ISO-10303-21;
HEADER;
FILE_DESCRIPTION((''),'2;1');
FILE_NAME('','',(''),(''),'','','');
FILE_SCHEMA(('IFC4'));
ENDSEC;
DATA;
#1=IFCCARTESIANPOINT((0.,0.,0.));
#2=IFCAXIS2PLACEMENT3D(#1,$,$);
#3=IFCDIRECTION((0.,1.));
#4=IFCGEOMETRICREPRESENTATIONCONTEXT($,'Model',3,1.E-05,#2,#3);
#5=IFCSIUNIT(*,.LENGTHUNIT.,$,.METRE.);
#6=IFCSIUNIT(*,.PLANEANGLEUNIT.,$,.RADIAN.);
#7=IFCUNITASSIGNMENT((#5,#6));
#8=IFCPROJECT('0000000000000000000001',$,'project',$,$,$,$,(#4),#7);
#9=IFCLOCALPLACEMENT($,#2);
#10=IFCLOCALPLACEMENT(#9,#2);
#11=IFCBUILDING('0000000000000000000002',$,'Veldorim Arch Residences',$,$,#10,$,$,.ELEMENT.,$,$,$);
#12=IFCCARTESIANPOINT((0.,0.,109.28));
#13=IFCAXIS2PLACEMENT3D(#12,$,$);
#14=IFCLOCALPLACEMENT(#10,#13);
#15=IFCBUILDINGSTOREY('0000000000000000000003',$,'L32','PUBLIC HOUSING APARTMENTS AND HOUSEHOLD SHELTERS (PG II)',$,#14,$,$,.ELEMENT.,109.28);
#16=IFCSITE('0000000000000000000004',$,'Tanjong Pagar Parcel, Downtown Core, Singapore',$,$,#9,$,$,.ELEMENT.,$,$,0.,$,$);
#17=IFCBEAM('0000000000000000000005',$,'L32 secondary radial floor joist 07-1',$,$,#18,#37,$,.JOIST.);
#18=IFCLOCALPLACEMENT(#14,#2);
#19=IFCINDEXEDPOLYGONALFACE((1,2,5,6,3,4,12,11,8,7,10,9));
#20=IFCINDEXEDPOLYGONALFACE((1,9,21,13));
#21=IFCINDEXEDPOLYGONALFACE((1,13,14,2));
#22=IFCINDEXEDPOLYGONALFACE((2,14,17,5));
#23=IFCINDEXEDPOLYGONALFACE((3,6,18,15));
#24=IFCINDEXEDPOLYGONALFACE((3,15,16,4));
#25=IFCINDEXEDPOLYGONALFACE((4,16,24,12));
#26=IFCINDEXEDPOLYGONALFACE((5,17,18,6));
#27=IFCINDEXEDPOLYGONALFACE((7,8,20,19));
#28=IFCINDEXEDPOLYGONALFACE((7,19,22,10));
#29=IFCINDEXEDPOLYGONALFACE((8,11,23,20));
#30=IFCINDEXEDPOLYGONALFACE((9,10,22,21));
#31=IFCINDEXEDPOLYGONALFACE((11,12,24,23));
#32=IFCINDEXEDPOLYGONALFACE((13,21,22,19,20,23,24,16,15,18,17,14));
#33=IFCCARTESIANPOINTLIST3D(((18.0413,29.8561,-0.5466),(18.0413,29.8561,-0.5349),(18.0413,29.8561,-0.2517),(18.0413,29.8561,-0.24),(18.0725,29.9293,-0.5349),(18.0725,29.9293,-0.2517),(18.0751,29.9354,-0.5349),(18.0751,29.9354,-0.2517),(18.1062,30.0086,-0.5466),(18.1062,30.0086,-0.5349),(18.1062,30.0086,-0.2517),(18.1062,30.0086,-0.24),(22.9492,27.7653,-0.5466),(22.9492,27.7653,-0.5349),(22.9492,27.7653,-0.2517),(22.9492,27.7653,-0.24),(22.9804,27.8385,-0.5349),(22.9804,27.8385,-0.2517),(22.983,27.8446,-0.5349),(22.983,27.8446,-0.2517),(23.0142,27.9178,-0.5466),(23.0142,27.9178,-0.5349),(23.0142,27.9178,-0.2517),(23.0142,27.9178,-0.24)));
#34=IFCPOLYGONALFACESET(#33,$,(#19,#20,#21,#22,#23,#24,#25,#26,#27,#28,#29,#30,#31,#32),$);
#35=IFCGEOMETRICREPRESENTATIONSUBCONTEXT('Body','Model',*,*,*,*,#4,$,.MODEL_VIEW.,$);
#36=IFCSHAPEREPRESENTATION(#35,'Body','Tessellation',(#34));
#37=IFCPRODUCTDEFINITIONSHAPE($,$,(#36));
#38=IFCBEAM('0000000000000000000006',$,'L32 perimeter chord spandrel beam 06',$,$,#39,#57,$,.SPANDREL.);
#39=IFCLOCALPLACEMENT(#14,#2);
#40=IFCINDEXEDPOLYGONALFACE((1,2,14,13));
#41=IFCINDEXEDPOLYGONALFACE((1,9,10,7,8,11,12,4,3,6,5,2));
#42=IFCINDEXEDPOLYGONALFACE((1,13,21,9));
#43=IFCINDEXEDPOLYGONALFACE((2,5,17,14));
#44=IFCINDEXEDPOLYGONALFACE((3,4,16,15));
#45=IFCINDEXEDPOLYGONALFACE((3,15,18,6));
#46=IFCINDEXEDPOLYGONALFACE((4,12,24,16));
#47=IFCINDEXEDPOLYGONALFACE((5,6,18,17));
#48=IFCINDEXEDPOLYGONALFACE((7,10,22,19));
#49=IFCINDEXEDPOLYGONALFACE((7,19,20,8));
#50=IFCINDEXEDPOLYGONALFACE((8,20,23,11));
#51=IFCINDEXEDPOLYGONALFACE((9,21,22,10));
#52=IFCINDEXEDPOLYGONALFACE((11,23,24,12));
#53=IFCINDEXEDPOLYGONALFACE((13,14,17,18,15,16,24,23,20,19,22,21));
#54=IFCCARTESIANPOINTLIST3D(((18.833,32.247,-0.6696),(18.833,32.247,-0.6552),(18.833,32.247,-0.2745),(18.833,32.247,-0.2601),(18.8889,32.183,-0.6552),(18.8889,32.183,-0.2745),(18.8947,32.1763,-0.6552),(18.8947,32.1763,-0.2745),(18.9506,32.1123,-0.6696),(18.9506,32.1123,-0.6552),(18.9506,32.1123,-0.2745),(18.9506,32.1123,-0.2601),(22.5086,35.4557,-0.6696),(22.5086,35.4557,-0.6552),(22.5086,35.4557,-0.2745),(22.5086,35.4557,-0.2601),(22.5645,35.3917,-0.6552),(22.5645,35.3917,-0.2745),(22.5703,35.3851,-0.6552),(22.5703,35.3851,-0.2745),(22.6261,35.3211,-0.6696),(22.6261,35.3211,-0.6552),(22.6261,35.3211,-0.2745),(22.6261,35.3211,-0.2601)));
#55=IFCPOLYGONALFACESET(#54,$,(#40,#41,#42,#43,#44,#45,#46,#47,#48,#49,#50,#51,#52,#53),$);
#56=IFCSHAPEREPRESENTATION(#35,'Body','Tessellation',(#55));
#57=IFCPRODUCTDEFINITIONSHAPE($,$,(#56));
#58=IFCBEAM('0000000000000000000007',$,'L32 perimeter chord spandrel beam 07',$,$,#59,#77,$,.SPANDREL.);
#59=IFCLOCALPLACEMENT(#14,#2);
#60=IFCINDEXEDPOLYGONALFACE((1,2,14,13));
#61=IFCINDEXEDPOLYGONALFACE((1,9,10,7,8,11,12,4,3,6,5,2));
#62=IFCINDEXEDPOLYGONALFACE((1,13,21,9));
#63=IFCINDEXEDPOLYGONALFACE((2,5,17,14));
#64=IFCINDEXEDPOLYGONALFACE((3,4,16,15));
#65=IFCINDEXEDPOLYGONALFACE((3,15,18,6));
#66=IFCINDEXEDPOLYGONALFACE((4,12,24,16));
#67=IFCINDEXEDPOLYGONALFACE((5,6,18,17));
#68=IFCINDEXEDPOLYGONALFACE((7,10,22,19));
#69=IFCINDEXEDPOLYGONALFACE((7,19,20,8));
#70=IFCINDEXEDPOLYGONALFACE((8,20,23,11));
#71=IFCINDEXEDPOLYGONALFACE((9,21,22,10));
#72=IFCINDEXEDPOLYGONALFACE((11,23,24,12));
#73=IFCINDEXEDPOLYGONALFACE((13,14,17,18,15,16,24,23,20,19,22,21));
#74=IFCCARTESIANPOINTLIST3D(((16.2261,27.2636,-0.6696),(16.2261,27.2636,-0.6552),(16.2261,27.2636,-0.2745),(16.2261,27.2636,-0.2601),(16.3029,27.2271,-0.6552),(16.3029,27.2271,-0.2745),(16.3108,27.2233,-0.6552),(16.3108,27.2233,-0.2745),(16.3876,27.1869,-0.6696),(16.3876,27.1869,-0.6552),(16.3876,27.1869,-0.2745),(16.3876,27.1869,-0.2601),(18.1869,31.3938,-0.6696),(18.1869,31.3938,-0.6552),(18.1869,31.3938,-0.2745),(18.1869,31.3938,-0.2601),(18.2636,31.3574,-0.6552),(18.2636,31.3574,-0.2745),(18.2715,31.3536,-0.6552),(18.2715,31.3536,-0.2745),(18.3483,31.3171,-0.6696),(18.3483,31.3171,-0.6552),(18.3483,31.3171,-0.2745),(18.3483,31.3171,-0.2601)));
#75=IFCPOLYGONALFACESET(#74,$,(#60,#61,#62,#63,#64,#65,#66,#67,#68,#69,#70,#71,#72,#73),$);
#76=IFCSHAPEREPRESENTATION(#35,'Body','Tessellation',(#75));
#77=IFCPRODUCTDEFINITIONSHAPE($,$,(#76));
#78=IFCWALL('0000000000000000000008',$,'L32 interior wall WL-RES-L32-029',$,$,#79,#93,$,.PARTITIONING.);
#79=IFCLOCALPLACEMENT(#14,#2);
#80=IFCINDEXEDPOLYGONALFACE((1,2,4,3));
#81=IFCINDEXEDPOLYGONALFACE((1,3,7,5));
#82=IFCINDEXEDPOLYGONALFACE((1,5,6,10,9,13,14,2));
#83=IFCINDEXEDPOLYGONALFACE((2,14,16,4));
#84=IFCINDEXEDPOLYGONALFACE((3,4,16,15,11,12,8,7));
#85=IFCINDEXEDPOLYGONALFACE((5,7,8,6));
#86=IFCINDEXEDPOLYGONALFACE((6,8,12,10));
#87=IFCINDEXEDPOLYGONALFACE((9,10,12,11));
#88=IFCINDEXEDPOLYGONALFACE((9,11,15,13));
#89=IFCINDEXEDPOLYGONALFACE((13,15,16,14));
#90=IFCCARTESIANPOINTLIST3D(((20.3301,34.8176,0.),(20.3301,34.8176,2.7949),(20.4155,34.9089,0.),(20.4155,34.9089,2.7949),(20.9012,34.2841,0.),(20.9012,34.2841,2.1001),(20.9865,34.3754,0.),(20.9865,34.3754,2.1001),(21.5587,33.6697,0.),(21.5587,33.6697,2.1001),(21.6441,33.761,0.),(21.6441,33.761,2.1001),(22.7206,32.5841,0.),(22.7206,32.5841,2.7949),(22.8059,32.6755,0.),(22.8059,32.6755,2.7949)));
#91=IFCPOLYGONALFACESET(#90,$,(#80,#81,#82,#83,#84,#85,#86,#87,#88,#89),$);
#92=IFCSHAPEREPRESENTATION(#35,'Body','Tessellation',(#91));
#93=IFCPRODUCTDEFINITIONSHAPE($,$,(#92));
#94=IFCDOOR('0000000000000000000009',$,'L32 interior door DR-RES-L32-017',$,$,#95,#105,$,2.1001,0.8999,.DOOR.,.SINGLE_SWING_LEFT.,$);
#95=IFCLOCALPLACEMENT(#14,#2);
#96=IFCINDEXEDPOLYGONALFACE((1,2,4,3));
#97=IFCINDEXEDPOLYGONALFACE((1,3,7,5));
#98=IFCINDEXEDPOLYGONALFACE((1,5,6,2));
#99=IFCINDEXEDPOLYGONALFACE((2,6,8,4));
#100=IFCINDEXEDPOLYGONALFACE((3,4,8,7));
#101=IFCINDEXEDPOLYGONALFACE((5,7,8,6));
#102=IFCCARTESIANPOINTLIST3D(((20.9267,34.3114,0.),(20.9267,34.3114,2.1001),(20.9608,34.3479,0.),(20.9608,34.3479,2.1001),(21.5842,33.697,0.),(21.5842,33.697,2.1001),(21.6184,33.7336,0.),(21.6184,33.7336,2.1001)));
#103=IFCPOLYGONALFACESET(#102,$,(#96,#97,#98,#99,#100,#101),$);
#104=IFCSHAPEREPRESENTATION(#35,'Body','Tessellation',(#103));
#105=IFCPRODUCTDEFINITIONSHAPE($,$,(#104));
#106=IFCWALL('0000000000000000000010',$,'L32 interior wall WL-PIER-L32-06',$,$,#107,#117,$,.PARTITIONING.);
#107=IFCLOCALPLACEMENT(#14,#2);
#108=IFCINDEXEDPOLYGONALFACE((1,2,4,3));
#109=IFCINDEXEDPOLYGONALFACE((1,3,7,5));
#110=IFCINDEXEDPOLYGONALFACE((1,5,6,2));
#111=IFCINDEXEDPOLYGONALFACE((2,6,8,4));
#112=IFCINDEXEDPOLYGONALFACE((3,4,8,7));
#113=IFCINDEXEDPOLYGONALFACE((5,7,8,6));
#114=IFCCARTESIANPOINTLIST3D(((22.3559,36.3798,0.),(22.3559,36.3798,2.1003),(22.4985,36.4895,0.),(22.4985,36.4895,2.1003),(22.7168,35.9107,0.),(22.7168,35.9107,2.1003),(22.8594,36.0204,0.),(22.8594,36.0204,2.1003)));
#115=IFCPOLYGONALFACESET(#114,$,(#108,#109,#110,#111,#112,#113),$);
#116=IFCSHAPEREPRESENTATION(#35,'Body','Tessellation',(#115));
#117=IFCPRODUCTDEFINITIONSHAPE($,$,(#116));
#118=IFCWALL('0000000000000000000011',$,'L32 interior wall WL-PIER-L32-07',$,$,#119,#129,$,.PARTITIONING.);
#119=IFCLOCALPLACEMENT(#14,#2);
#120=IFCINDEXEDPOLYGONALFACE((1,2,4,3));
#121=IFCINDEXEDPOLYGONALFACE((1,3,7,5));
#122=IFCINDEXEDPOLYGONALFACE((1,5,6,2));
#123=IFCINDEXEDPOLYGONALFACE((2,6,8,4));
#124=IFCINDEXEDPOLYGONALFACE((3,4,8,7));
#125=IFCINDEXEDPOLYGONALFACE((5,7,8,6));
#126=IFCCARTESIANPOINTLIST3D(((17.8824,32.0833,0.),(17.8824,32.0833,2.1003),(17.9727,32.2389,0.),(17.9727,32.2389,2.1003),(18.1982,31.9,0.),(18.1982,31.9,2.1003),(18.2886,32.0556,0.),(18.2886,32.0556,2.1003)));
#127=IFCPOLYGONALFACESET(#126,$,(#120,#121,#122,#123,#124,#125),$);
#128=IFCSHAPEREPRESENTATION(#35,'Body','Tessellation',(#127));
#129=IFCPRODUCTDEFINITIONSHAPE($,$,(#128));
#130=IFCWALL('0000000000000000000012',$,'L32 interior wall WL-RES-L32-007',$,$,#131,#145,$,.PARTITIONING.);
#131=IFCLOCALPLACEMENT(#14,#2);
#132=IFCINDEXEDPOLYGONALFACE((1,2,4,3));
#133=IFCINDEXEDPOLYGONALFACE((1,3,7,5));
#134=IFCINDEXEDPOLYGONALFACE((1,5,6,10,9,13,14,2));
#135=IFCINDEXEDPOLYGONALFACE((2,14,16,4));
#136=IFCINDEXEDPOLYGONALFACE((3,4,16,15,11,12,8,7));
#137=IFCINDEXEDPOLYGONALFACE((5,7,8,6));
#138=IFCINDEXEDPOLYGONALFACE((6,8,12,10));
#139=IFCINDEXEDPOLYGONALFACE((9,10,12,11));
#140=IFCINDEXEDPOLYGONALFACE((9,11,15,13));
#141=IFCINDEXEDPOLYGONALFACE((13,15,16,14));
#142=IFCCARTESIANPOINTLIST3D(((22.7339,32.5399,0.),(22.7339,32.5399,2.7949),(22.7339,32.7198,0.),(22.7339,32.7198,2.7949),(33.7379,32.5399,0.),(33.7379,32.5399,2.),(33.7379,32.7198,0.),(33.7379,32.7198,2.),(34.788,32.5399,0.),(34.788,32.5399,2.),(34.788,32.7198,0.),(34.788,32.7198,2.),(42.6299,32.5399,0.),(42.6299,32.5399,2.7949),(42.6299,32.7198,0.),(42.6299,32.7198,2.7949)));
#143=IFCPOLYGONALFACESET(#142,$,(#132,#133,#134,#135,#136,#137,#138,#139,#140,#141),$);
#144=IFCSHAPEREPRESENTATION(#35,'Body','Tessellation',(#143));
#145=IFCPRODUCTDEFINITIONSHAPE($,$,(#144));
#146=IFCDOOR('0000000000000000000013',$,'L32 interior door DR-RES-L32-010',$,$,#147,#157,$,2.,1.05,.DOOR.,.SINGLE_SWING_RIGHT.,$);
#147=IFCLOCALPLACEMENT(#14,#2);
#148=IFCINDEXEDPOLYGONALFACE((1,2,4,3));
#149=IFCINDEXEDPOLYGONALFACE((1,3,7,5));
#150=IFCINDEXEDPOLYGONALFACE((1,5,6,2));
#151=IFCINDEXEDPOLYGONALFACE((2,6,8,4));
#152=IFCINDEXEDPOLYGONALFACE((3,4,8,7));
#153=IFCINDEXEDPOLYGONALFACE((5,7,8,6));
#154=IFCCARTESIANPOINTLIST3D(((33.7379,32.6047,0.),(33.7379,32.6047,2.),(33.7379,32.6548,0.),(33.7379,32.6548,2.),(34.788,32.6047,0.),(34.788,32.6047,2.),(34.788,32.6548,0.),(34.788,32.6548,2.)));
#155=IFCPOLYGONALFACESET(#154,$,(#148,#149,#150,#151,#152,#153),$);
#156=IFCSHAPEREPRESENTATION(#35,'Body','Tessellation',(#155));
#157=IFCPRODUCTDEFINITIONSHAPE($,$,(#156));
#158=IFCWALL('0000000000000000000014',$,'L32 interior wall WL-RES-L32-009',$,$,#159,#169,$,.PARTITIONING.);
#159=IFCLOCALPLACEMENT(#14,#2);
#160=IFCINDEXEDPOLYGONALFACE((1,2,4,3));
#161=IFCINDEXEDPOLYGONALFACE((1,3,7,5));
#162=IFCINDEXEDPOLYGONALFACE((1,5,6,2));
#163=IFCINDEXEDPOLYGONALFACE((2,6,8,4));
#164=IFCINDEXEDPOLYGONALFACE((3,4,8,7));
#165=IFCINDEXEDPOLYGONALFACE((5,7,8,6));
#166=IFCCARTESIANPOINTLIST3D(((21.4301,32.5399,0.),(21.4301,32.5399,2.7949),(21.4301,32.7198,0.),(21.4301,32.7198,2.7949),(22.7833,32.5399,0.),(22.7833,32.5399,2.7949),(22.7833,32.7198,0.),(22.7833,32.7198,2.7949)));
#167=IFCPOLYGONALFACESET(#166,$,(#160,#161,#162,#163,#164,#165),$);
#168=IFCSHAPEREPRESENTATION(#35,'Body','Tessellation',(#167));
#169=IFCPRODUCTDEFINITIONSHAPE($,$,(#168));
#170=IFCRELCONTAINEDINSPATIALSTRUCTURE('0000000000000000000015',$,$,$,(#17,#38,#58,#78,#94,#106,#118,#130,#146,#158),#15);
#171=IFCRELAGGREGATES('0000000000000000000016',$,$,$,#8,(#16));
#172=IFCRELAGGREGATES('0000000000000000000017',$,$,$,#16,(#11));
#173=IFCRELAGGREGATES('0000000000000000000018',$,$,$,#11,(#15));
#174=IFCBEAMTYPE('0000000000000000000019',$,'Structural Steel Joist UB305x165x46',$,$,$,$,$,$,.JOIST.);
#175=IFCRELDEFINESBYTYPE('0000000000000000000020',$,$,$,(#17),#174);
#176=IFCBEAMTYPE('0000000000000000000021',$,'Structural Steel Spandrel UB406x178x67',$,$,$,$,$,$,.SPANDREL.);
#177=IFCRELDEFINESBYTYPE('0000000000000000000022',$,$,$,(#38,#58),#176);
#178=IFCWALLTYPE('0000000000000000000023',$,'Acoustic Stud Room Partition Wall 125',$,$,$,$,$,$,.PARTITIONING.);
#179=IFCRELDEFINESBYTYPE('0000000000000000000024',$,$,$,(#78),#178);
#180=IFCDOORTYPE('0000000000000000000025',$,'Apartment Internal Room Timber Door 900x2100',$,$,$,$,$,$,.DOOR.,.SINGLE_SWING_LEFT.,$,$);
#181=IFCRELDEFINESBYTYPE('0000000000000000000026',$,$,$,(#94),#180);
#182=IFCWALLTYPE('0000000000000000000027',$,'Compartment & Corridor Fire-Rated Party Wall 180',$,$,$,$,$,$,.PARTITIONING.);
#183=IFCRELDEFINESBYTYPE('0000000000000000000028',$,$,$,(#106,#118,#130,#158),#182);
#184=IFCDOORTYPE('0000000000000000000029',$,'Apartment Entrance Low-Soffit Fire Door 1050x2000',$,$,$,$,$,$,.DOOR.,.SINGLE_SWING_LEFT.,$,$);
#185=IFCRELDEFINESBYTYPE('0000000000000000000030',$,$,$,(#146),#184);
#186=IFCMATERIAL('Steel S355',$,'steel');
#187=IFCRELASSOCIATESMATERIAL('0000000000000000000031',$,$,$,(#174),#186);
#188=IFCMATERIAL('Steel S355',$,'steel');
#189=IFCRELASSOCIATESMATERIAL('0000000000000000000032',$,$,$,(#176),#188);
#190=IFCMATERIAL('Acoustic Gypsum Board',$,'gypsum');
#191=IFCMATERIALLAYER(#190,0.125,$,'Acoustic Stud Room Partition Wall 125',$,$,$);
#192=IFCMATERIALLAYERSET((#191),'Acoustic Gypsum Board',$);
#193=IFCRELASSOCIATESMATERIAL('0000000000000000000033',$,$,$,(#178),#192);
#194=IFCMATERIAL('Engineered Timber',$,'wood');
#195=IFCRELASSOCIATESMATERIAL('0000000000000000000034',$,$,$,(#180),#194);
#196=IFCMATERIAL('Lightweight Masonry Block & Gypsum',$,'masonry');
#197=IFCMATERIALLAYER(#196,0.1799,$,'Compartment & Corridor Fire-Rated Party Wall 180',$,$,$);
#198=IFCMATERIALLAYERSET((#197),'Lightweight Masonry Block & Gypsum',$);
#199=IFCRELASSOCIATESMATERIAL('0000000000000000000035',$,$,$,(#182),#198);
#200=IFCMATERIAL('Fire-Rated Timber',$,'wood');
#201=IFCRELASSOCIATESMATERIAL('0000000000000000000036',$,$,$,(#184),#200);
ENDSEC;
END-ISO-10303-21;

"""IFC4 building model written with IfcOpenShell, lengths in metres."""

from ifc_helpers import new_model, si_unit, direction, frame, frame_2d, origin, origin_2d, place, context, subcontext, project, spatial, rectangle, i_section, extrude, material, layer, layer_set, material_profile, profile_set, type_object, element, fill, save


model = new_model("IFC4")

# Units and contexts
model_context = context("Model", 3, precision=1e-05, world=origin(), true_north=direction((0.0, 1.0)))
body_context = subcontext(model_context, "Body", "Model", "MODEL_VIEW")
ifc_project = project(units=[si_unit("LENGTHUNIT", "METRE"), si_unit("PLANEANGLEUNIT", "RADIAN")], contexts=[model_context])

# Site, building, storey
site_placement = place(None, origin())
site = spatial("IfcSite", under=ifc_project, at=site_placement, Name="Tanjong Pagar Parcel, Downtown Core, Singapore", CompositionType="ELEMENT", RefElevation=0.0)
building_placement = place(site_placement, origin())
building = spatial("IfcBuilding", under=site, at=building_placement, Name="Veldorim Arch Residences", CompositionType="ELEMENT")
storey_placement = place(building_placement, frame((0.0, 0.0, 109.28)))
storey = spatial("IfcBuildingStorey", under=building, at=storey_placement, Name="L32", Description="PUBLIC HOUSING APARTMENTS AND HOUSEHOLD SHELTERS (PG II)", CompositionType="ELEMENT", Elevation=109.28)

# Beams
ifc_material_1 = material(Name="Steel S355", Category="steel")
ifc_material_profile_1 = material_profile(ifc_material_1, i_section(OverallWidth=0.1658, OverallDepth=0.3066, WebThickness=0.0066, FlangeThickness=0.0117, at=origin_2d()), Name="UB305x165x46")
ifc_profile_set_1 = profile_set([ifc_material_profile_1], Name="Steel S355")
beam_type_1 = type_object("IfcBeamType", Name="Structural Steel Joist UB305x165x46", PredefinedType="JOIST", material=ifc_profile_set_1)
beam_1_placement = place(storey_placement, frame((22.9817, 27.8416, -0.3933), z_axis=(-0.919997, 0.391924, 0.0), x_axis=(-0.391924, -0.919997, 0.0)))
element("IfcBeam", 1, at=beam_1_placement, inside=storey, type_object=beam_type_1, Name="L32 secondary radial floor joist 07-1", PredefinedType="JOIST", context=body_context, shape_type="SweptSolid", body=[
    extrude(i_section(OverallWidth=0.1658, OverallDepth=0.3066, WebThickness=0.0066, FlangeThickness=0.0117, at=origin_2d()), origin(), (0.0, 0.0, 1.0), 5.3347),
])
ifc_material_2 = material(Name="Steel S355", Category="steel")
ifc_material_profile_2 = material_profile(ifc_material_2, i_section(OverallWidth=0.1787, OverallDepth=0.4094, WebThickness=0.0088, FlangeThickness=0.0144, at=origin_2d()), Name="UB406x178x67")
ifc_profile_set_2 = profile_set([ifc_material_profile_2], Name="Steel S355")
beam_type_2 = type_object("IfcBeamType", Name="Structural Steel Spandrel UB406x178x67", PredefinedType="SPANDREL", material=ifc_profile_set_2)
beam_2_placement = place(storey_placement, frame((22.5674, 35.3884, -0.4648), z_axis=(-0.753323, -0.65765, 0.0), x_axis=(0.65765, -0.753323, 0.0)))
element("IfcBeam", 2, at=beam_2_placement, inside=storey, type_object=beam_type_2, Name="L32 perimeter chord spandrel beam 06", PredefinedType="SPANDREL", context=body_context, shape_type="SweptSolid", body=[
    extrude(i_section(OverallWidth=0.1787, OverallDepth=0.4094, WebThickness=0.0088, FlangeThickness=0.0144, at=origin_2d()), origin(), (0.0, 0.0, 1.0), 4.8792),
])
beam_3_placement = place(storey_placement, frame((18.2676, 31.3555, -0.4648), z_axis=(-0.428857, -0.903372, 0.0), x_axis=(0.903372, -0.428857, 0.0)))
element("IfcBeam", 3, at=beam_3_placement, inside=storey, type_object=beam_type_2, Name="L32 perimeter chord spandrel beam 07", PredefinedType="SPANDREL", context=body_context, shape_type="SweptSolid", body=[
    extrude(i_section(OverallWidth=0.1787, OverallDepth=0.4094, WebThickness=0.0088, FlangeThickness=0.0144, at=origin_2d()), origin(), (0.0, 0.0, 1.0), 4.572),
])

# Wall, opening, door
ifc_material_3 = material(Name="Acoustic Gypsum Board", Category="gypsum")
ifc_layer_1 = layer(ifc_material_3, 0.125, Name="Acoustic Stud Room Partition Wall 125")
ifc_layer_set_1 = layer_set([ifc_layer_1], Name="Acoustic Gypsum Board")
wall_type_1 = type_object("IfcWallType", Name="Acoustic Stud Room Partition Wall 125", PredefinedType="PARTITIONING", material=ifc_layer_set_1)
wall_1_placement = place(storey_placement, frame((20.3728, 34.8633, 0.0), z_axis=(0.0, 0.0, 1.0), x_axis=(0.730693, -0.682706, 0.0)))
wall_1 = element("IfcWall", 4, at=wall_1_placement, inside=storey, type_object=wall_type_1, Name="L32 interior wall WL-RES-L32-029", PredefinedType="PARTITIONING", context=body_context, shape_type="SweptSolid", body=[
    extrude(rectangle(XDim=3.2715, YDim=0.125, at=frame_2d((1.6357, 0.0))), origin(), (0.0, 0.0, 1.0), 2.7949),
])
opening_1_placement = place(wall_1_placement, frame((0.7815, 0.0, 0.0)))
opening_1 = element("IfcOpeningElement", 5, at=opening_1_placement, cuts=wall_1, PredefinedType="OPENING", context=body_context, shape_type="SweptSolid", body=[
    extrude(rectangle(XDim=0.8999, YDim=2.1001, at=frame_2d((0.45, 1.05))), frame((0.0, 0.0725, 0.0), z_axis=(0.0, -1.0, 0.0), x_axis=(1.0, 0.0, 0.0)), (0.0, 0.0, 1.0), 0.145),
])
ifc_material_4 = material(Name="Engineered Timber", Category="wood")
door_type_1 = type_object("IfcDoorType", Name="Apartment Internal Room Timber Door 900x2100", OperationType="SINGLE_SWING_LEFT", PredefinedType="DOOR", material=ifc_material_4)
door_1_placement = place(opening_1_placement, origin())
door_1 = element("IfcDoor", 6, at=door_1_placement, inside=storey, type_object=door_type_1, Name="L32 interior door DR-RES-L32-017", OperationType="SINGLE_SWING_LEFT", OverallHeight=2.1001, OverallWidth=0.8999, PredefinedType="DOOR", context=body_context, shape_type="SweptSolid", body=[
    extrude(rectangle(XDim=0.8999, YDim=2.1001, at=frame_2d((0.45, 1.05))), frame((0.0, 0.0249, 0.0), z_axis=(0.0, -1.0, 0.0), x_axis=(1.0, 0.0, 0.0)), (0.0, 0.0, 1.0), 0.05),
])
fill(opening_1, door_1)

# Walls
ifc_material_5 = material(Name="Lightweight Masonry Block & Gypsum", Category="masonry")
ifc_layer_2 = layer(ifc_material_5, 0.1799, Name="Compartment & Corridor Fire-Rated Party Wall 180")
ifc_layer_set_2 = layer_set([ifc_layer_2], Name="Lightweight Masonry Block & Gypsum")
wall_type_2 = type_object("IfcWallType", Name="Compartment & Corridor Fire-Rated Party Wall 180", PredefinedType="PARTITIONING", material=ifc_layer_set_2)
wall_2_placement = place(storey_placement, frame((22.7881, 35.9656, 0.0), z_axis=(0.0, 0.0, 1.0), x_axis=(-0.609791, 0.792563, 0.0)))
element("IfcWall", 7, at=wall_2_placement, inside=storey, type_object=wall_type_2, Name="L32 interior wall WL-PIER-L32-06", PredefinedType="PARTITIONING", context=body_context, shape_type="SweptSolid", body=[
    extrude(rectangle(XDim=0.5918, YDim=0.1799, at=frame_2d((0.2959, 0.0))), origin(), (0.0, 0.0, 1.0), 2.1003),
])
wall_3_placement = place(storey_placement, frame((18.2434, 31.9778, 0.0), z_axis=(0.0, 0.0, 1.0), x_axis=(-0.864892, 0.501958, 0.0)))
element("IfcWall", 8, at=wall_3_placement, inside=storey, type_object=wall_type_2, Name="L32 interior wall WL-PIER-L32-07", PredefinedType="PARTITIONING", context=body_context, shape_type="SweptSolid", body=[
    extrude(rectangle(XDim=0.3652, YDim=0.1799, at=frame_2d((0.1826, 0.0))), origin(), (0.0, 0.0, 1.0), 2.1003),
])

# Wall, opening, door
wall_4_placement = place(storey_placement, frame((22.7339, 32.6299, 0.0), z_axis=(0.0, 0.0, 1.0), x_axis=(1.0, 0.0, 0.0)))
wall_4 = element("IfcWall", 9, at=wall_4_placement, inside=storey, type_object=wall_type_2, Name="L32 interior wall WL-RES-L32-007", PredefinedType="PARTITIONING", context=body_context, shape_type="SweptSolid", body=[
    extrude(rectangle(XDim=19.896, YDim=0.1799, at=frame_2d((9.948, 0.0))), origin(), (0.0, 0.0, 1.0), 2.7949),
])
opening_2_placement = place(wall_4_placement, frame((11.0042, 0.0, 0.0)))
opening_2 = element("IfcOpeningElement", 10, at=opening_2_placement, cuts=wall_4, PredefinedType="OPENING", context=body_context, shape_type="SweptSolid", body=[
    extrude(rectangle(XDim=1.05, YDim=2.0, at=frame_2d((0.5249, 1.0))), frame((0.0, 0.0999, 0.0), z_axis=(0.0, -1.0, 0.0), x_axis=(1.0, 0.0, 0.0)), (0.0, 0.0, 1.0), 0.2),
])
ifc_material_6 = material(Name="Fire-Rated Timber", Category="wood")
door_type_2 = type_object("IfcDoorType", Name="Apartment Entrance Low-Soffit Fire Door 1050x2000", OperationType="SINGLE_SWING_LEFT", PredefinedType="DOOR", material=ifc_material_6)
door_2_placement = place(opening_2_placement, origin())
door_2 = element("IfcDoor", 11, at=door_2_placement, inside=storey, type_object=door_type_2, Name="L32 interior door DR-RES-L32-010", OperationType="SINGLE_SWING_RIGHT", OverallHeight=2.0, OverallWidth=1.05, PredefinedType="DOOR", context=body_context, shape_type="SweptSolid", body=[
    extrude(rectangle(XDim=1.05, YDim=2.0, at=frame_2d((0.5249, 1.0))), frame((0.0, 0.0249, 0.0), z_axis=(0.0, -1.0, 0.0), x_axis=(1.0, 0.0, 0.0)), (0.0, 0.0, 1.0), 0.05),
])
fill(opening_2, door_2)

# Wall
wall_5_placement = place(storey_placement, frame((21.4299, 32.6299, 0.0), z_axis=(0.0, 0.0, 1.0), x_axis=(1.0, 0.0, 0.0)))
element("IfcWall", 12, at=wall_5_placement, inside=storey, type_object=wall_type_2, Name="L32 interior wall WL-RES-L32-009", PredefinedType="PARTITIONING", context=body_context, shape_type="SweptSolid", body=[
    extrude(rectangle(XDim=1.3533, YDim=0.1799, at=frame_2d((0.6768, 0.0))), origin(), (0.0, 0.0, 1.0), 2.7949),
])

save(model, "model.ifc")
